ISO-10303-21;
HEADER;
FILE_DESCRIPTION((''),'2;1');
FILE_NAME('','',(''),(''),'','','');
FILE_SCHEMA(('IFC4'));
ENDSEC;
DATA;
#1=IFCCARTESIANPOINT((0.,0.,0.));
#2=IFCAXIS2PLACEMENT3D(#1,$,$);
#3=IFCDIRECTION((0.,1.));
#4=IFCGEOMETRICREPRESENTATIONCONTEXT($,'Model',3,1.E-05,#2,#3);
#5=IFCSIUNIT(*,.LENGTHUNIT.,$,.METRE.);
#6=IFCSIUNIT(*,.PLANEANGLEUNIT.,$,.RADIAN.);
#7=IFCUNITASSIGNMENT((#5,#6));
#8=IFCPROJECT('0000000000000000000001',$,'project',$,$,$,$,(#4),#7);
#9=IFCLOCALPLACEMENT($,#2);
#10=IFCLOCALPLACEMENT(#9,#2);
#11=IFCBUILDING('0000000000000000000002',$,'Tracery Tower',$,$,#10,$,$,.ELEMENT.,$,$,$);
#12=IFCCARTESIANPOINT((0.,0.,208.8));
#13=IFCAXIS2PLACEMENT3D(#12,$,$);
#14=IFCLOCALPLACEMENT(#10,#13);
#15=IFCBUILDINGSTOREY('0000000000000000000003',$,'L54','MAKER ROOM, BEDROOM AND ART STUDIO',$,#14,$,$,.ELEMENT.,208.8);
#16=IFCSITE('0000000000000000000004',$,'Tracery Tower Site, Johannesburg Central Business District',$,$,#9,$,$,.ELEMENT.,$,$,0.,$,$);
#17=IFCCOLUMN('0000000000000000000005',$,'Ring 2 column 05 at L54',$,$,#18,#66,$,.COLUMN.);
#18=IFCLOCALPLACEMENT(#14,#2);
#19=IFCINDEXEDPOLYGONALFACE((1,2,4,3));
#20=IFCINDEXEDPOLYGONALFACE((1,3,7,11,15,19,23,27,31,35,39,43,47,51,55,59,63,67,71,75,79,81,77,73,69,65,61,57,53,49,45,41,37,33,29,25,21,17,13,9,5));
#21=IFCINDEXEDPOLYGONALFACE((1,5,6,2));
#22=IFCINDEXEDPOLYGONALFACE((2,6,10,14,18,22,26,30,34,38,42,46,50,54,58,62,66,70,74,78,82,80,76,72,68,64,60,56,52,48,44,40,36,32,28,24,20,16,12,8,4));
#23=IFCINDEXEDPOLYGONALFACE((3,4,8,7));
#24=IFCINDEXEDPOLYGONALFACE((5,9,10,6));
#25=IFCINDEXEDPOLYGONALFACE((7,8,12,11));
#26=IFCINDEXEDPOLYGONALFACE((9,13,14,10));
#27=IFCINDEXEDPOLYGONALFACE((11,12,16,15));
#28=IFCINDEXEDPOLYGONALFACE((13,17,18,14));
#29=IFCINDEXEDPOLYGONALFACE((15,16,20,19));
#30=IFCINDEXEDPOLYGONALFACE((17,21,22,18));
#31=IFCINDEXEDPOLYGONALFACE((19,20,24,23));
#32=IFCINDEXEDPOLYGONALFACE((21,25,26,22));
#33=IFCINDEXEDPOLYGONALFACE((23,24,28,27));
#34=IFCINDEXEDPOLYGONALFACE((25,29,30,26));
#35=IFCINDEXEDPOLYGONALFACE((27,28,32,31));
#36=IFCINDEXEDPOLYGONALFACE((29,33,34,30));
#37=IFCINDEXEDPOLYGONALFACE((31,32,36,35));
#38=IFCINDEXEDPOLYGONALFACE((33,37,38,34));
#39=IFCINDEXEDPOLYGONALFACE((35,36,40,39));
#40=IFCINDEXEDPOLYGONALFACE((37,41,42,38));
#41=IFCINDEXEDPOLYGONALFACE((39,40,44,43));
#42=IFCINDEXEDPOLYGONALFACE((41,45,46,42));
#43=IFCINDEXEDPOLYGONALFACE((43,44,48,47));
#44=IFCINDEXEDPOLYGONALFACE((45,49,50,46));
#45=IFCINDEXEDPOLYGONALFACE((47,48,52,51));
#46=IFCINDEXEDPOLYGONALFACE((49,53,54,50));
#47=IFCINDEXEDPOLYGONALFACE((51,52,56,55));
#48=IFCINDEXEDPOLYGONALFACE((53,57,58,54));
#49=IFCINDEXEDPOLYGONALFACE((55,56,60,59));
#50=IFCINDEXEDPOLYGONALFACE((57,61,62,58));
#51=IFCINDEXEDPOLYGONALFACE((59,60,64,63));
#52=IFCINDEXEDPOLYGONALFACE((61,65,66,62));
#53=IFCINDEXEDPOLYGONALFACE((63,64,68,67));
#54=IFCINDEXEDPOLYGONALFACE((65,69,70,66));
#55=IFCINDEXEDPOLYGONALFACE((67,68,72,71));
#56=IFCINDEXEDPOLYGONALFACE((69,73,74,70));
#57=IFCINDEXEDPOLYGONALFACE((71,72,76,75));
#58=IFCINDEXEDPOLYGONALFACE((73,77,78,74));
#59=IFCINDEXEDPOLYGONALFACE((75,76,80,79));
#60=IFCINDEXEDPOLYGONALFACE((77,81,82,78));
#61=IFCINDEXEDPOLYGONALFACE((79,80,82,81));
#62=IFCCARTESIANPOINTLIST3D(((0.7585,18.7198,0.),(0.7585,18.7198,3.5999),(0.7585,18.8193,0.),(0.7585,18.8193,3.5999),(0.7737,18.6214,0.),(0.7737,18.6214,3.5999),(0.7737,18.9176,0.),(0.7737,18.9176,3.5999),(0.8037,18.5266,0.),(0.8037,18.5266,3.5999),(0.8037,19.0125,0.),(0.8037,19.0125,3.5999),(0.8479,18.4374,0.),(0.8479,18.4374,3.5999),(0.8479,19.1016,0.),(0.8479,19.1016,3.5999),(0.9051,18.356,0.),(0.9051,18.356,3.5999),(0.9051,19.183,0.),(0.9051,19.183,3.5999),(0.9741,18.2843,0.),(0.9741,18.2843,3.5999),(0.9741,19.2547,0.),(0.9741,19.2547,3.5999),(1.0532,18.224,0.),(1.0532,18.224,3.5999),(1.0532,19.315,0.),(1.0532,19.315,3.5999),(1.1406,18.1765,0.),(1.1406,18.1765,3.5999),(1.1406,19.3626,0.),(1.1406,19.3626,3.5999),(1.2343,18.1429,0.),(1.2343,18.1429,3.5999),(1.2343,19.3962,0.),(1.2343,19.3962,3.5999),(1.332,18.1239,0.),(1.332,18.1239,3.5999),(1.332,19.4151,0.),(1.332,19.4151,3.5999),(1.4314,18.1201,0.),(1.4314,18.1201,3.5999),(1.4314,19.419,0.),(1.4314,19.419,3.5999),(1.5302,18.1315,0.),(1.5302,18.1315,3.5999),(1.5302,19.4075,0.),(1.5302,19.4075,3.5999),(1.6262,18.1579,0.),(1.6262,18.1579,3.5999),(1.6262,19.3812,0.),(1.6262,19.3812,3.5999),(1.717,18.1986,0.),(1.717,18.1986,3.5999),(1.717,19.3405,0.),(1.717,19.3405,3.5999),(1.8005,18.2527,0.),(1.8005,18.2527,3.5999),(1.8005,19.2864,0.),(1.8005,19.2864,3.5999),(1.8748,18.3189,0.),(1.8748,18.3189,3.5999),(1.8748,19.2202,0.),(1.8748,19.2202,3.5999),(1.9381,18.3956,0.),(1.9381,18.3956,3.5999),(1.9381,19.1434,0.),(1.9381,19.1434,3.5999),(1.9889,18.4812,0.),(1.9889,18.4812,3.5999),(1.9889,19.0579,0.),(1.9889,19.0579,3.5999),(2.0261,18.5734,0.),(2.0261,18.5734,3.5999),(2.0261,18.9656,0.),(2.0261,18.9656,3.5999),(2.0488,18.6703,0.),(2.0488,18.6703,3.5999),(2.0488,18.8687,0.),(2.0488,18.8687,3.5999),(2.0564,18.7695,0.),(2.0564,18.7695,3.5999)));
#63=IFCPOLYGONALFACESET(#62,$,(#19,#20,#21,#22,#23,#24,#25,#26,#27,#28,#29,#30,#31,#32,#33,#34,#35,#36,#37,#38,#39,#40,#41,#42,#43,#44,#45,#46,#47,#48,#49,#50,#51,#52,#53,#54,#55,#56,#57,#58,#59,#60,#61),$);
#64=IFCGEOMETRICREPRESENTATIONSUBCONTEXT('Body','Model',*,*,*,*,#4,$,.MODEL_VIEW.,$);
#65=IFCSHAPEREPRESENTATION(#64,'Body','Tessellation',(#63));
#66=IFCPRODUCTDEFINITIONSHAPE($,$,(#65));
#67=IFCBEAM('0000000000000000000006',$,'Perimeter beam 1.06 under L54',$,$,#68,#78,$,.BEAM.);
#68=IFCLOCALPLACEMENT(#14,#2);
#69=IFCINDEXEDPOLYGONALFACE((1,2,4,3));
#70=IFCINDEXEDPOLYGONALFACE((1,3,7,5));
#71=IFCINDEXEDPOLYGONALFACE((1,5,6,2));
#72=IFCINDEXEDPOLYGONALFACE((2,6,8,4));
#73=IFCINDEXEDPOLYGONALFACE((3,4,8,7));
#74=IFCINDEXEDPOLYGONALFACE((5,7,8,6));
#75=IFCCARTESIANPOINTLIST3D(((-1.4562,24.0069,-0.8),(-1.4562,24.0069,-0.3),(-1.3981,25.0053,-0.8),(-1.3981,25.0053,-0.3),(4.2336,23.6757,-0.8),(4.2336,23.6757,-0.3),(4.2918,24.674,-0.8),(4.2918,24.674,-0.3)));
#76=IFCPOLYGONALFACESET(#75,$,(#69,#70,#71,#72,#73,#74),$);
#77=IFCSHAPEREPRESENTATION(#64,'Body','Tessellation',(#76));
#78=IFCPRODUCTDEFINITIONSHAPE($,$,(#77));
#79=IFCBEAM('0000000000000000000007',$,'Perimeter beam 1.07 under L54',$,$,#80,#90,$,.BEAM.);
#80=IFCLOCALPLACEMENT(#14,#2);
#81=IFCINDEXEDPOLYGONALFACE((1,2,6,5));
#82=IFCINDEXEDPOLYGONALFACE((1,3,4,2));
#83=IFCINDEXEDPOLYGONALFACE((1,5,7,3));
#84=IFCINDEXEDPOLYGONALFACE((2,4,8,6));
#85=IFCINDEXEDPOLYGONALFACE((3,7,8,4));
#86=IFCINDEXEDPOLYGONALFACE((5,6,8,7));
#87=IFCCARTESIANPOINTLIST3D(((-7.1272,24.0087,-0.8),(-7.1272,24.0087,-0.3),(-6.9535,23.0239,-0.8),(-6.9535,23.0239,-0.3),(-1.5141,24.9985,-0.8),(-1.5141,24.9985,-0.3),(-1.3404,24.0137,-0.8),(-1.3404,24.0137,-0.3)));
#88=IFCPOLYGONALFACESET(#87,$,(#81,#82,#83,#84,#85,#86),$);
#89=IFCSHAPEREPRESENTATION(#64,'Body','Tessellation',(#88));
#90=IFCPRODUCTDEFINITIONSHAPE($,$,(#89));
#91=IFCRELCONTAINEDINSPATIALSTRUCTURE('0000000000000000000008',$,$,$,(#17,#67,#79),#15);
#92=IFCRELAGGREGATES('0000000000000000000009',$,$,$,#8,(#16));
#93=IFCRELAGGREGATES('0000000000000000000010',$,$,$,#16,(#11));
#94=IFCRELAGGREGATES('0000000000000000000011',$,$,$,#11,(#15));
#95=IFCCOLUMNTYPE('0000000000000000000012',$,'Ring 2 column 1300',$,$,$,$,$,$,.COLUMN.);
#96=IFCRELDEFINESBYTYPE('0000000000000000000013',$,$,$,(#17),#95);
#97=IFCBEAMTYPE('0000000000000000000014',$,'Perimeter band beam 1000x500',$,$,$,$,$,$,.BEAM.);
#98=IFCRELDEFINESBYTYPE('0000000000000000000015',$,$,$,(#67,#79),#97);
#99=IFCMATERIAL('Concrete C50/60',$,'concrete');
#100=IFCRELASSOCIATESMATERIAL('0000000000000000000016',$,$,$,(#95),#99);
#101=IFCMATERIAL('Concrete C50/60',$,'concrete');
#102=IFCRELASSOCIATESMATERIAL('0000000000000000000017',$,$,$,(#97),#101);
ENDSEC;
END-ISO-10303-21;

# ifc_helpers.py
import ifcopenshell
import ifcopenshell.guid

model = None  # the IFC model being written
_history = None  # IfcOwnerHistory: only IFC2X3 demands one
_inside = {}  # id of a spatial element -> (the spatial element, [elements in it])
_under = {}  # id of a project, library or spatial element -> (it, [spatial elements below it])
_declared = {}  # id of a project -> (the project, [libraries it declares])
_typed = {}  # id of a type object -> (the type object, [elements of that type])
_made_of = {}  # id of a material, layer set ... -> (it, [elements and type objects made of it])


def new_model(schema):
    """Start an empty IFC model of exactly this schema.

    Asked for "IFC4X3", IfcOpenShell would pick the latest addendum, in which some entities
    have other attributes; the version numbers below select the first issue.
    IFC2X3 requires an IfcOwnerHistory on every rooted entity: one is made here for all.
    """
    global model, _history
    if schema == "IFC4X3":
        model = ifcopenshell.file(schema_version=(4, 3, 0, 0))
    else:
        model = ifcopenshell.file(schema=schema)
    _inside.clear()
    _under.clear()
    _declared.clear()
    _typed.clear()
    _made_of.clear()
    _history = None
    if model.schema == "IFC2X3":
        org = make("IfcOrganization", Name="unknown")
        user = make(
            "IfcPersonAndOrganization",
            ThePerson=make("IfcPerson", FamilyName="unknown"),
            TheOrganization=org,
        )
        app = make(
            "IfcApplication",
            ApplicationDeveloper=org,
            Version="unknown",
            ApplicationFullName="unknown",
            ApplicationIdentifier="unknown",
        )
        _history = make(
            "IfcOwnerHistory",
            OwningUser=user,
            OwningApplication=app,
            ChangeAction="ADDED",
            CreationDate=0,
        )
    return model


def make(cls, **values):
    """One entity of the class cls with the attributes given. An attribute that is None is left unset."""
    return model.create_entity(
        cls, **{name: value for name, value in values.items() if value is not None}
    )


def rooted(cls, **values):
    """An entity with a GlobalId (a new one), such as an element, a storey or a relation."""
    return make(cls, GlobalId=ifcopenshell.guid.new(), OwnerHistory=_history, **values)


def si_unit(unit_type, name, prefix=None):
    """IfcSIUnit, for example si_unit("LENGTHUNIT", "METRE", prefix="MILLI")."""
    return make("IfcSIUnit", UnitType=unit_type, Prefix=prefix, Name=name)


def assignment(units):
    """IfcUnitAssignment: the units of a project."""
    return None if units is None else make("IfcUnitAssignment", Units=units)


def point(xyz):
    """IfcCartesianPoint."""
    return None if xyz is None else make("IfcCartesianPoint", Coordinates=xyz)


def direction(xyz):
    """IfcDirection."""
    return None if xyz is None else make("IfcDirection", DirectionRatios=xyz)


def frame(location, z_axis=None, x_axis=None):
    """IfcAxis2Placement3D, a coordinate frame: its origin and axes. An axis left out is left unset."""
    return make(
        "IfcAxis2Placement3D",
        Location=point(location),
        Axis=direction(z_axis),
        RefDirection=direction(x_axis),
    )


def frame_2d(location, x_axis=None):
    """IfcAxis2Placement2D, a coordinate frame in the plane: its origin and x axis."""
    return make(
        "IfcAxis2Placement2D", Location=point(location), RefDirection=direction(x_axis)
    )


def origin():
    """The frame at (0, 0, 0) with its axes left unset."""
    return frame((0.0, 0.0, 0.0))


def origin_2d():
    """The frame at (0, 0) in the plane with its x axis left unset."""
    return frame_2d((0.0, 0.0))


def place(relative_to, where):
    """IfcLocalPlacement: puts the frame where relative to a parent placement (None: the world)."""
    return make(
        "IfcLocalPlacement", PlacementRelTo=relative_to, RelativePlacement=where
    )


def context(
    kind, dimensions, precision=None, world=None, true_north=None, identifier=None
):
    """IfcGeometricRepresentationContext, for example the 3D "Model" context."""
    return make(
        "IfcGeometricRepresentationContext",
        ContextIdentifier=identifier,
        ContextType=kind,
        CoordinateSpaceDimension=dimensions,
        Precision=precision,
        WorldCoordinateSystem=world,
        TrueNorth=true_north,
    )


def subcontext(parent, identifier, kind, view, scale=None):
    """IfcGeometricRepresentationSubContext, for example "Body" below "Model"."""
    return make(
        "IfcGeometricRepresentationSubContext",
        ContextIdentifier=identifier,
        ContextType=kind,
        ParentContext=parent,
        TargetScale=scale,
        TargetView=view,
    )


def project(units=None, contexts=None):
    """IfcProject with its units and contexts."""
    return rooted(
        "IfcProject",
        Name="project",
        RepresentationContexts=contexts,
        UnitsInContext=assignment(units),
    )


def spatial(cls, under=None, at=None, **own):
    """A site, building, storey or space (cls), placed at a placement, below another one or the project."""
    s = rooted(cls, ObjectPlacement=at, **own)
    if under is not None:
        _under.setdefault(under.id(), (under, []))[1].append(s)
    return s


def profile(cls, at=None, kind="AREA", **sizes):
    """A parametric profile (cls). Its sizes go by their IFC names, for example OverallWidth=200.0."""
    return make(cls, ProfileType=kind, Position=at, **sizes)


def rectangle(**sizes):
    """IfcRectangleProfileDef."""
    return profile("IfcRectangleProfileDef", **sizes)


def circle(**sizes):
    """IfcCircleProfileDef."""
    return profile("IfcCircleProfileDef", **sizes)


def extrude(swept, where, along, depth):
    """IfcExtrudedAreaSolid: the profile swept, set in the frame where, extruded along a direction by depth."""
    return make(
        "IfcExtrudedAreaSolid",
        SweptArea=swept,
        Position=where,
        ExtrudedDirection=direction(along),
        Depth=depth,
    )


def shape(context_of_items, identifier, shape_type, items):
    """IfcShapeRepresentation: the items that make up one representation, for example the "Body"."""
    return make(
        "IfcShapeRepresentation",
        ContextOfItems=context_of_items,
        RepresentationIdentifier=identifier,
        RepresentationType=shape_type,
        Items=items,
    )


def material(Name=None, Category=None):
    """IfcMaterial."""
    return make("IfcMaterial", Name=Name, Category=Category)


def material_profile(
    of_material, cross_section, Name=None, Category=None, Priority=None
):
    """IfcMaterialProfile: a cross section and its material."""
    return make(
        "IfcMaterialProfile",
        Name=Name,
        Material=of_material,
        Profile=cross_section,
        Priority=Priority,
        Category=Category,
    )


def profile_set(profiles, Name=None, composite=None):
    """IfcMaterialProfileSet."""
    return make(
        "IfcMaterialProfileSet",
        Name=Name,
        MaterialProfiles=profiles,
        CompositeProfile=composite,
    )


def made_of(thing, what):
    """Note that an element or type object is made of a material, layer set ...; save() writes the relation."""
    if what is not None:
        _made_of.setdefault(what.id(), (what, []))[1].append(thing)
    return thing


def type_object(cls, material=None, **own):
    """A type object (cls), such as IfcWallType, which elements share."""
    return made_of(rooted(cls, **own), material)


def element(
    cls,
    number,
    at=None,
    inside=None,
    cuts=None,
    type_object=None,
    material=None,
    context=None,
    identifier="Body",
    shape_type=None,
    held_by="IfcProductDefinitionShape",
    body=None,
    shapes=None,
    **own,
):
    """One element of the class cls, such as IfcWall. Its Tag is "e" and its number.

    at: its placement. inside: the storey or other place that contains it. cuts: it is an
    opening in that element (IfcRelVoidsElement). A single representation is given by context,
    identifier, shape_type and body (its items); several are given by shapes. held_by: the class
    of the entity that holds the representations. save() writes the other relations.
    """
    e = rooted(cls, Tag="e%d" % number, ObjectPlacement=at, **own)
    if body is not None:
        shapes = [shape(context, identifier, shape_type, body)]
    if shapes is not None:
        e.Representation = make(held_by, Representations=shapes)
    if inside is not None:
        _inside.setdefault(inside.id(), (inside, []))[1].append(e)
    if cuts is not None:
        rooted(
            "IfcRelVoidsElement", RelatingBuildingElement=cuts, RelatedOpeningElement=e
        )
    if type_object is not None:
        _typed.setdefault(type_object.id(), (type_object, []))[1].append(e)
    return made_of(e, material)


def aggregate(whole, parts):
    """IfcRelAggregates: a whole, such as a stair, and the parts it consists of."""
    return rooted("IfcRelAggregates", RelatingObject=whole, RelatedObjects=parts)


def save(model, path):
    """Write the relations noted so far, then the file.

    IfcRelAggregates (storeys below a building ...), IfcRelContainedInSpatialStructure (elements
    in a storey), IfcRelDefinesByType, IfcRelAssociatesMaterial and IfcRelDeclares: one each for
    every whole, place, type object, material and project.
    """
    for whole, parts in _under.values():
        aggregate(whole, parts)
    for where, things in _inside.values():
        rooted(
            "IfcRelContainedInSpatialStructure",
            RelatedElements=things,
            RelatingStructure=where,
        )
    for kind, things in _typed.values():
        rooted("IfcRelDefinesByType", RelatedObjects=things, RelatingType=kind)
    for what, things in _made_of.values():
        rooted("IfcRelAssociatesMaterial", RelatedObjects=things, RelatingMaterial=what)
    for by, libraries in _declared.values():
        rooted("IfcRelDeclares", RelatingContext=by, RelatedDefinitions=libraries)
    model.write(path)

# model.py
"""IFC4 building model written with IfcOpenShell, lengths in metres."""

from ifc_helpers import new_model, si_unit, direction, frame, origin, origin_2d, place, context, subcontext, project, spatial, rectangle, circle, extrude, material, material_profile, profile_set, type_object, element, save


model = new_model("IFC4")

# Units and contexts
model_context = context("Model", 3, precision=1e-05, world=origin(), true_north=direction((0.0, 1.0)))
body_context = subcontext(model_context, "Body", "Model", "MODEL_VIEW")
ifc_project = project(units=[si_unit("LENGTHUNIT", "METRE"), si_unit("PLANEANGLEUNIT", "RADIAN")], contexts=[model_context])

# Site, building, storey
site_placement = place(None, origin())
site = spatial("IfcSite", under=ifc_project, at=site_placement, Name="Tracery Tower Site, Johannesburg Central Business District", CompositionType="ELEMENT", RefElevation=0.0)
building_placement = place(site_placement, origin())
building = spatial("IfcBuilding", under=site, at=building_placement, Name="Tracery Tower", CompositionType="ELEMENT")
storey_placement = place(building_placement, frame((0.0, 0.0, 208.8)))
storey = spatial("IfcBuildingStorey", under=building, at=storey_placement, Name="L54", Description="MAKER ROOM, BEDROOM AND ART STUDIO", CompositionType="ELEMENT", Elevation=208.8)

# Column
ifc_material_1 = material(Name="Concrete C50/60", Category="concrete")
ifc_material_profile_1 = material_profile(ifc_material_1, circle(Radius=0.6499, at=origin_2d()), Name="RC D1300")
ifc_profile_set_1 = profile_set([ifc_material_profile_1], Name="Concrete C50/60")
column_type_1 = type_object("IfcColumnType", Name="Ring 2 column 1300", PredefinedType="COLUMN", material=ifc_profile_set_1)
for number, where, z_axis, x_axis, name in (
    (1, (1.4065, 18.7695, 0.0), (0.0, 0.0, 1.0), (1.0, 0.0, 0.0), "Ring 2 column 05 at L54"),
):
    element("IfcColumn", number, at=place(storey_placement, frame(where, z_axis=z_axis, x_axis=x_axis)), inside=storey, type_object=column_type_1, Name=name, PredefinedType="COLUMN", context=body_context, shape_type="SweptSolid", body=[
        extrude(circle(Radius=0.6499, at=origin_2d()), origin(), (0.0, 0.0, 1.0), 3.5999),
    ])

# Beams
ifc_material_2 = material(Name="Concrete C50/60", Category="concrete")
ifc_material_profile_2 = material_profile(ifc_material_2, rectangle(XDim=1.0, YDim=0.5, at=origin_2d()), Name="RC 1000x500")
ifc_profile_set_2 = profile_set([ifc_material_profile_2], Name="Concrete C50/60")
beam_type = type_object("IfcBeamType", Name="Perimeter band beam 1000x500", PredefinedType="BEAM", material=ifc_profile_set_2)
beam_1_placement = place(storey_placement, frame((4.2627, 24.1748, -0.55), z_axis=(-0.998309, 0.058127, 0.0), x_axis=(-0.058127, -0.998309, 0.0)))
element("IfcBeam", 2, at=beam_1_placement, inside=storey, type_object=beam_type, Name="Perimeter beam 1.06 under L54", PredefinedType="BEAM", context=body_context, shape_type="SweptSolid", body=[
    extrude(rectangle(XDim=1.0, YDim=0.5, at=origin_2d()), origin(), (0.0, 0.0, 1.0), 5.6995),
])
beam_2_placement = place(storey_placement, frame((-1.4272, 24.5061, -0.55), z_axis=(-0.984807, -0.173651, 0.0), x_axis=(0.173651, -0.984807, 0.0)))
element("IfcBeam", 3, at=beam_2_placement, inside=storey, type_object=beam_type, Name="Perimeter beam 1.07 under L54", PredefinedType="BEAM", context=body_context, shape_type="SweptSolid", body=[
    extrude(rectangle(XDim=1.0, YDim=0.5, at=origin_2d()), origin(), (0.0, 0.0, 1.0), 5.6997),
])

save(model, "model.ifc")
